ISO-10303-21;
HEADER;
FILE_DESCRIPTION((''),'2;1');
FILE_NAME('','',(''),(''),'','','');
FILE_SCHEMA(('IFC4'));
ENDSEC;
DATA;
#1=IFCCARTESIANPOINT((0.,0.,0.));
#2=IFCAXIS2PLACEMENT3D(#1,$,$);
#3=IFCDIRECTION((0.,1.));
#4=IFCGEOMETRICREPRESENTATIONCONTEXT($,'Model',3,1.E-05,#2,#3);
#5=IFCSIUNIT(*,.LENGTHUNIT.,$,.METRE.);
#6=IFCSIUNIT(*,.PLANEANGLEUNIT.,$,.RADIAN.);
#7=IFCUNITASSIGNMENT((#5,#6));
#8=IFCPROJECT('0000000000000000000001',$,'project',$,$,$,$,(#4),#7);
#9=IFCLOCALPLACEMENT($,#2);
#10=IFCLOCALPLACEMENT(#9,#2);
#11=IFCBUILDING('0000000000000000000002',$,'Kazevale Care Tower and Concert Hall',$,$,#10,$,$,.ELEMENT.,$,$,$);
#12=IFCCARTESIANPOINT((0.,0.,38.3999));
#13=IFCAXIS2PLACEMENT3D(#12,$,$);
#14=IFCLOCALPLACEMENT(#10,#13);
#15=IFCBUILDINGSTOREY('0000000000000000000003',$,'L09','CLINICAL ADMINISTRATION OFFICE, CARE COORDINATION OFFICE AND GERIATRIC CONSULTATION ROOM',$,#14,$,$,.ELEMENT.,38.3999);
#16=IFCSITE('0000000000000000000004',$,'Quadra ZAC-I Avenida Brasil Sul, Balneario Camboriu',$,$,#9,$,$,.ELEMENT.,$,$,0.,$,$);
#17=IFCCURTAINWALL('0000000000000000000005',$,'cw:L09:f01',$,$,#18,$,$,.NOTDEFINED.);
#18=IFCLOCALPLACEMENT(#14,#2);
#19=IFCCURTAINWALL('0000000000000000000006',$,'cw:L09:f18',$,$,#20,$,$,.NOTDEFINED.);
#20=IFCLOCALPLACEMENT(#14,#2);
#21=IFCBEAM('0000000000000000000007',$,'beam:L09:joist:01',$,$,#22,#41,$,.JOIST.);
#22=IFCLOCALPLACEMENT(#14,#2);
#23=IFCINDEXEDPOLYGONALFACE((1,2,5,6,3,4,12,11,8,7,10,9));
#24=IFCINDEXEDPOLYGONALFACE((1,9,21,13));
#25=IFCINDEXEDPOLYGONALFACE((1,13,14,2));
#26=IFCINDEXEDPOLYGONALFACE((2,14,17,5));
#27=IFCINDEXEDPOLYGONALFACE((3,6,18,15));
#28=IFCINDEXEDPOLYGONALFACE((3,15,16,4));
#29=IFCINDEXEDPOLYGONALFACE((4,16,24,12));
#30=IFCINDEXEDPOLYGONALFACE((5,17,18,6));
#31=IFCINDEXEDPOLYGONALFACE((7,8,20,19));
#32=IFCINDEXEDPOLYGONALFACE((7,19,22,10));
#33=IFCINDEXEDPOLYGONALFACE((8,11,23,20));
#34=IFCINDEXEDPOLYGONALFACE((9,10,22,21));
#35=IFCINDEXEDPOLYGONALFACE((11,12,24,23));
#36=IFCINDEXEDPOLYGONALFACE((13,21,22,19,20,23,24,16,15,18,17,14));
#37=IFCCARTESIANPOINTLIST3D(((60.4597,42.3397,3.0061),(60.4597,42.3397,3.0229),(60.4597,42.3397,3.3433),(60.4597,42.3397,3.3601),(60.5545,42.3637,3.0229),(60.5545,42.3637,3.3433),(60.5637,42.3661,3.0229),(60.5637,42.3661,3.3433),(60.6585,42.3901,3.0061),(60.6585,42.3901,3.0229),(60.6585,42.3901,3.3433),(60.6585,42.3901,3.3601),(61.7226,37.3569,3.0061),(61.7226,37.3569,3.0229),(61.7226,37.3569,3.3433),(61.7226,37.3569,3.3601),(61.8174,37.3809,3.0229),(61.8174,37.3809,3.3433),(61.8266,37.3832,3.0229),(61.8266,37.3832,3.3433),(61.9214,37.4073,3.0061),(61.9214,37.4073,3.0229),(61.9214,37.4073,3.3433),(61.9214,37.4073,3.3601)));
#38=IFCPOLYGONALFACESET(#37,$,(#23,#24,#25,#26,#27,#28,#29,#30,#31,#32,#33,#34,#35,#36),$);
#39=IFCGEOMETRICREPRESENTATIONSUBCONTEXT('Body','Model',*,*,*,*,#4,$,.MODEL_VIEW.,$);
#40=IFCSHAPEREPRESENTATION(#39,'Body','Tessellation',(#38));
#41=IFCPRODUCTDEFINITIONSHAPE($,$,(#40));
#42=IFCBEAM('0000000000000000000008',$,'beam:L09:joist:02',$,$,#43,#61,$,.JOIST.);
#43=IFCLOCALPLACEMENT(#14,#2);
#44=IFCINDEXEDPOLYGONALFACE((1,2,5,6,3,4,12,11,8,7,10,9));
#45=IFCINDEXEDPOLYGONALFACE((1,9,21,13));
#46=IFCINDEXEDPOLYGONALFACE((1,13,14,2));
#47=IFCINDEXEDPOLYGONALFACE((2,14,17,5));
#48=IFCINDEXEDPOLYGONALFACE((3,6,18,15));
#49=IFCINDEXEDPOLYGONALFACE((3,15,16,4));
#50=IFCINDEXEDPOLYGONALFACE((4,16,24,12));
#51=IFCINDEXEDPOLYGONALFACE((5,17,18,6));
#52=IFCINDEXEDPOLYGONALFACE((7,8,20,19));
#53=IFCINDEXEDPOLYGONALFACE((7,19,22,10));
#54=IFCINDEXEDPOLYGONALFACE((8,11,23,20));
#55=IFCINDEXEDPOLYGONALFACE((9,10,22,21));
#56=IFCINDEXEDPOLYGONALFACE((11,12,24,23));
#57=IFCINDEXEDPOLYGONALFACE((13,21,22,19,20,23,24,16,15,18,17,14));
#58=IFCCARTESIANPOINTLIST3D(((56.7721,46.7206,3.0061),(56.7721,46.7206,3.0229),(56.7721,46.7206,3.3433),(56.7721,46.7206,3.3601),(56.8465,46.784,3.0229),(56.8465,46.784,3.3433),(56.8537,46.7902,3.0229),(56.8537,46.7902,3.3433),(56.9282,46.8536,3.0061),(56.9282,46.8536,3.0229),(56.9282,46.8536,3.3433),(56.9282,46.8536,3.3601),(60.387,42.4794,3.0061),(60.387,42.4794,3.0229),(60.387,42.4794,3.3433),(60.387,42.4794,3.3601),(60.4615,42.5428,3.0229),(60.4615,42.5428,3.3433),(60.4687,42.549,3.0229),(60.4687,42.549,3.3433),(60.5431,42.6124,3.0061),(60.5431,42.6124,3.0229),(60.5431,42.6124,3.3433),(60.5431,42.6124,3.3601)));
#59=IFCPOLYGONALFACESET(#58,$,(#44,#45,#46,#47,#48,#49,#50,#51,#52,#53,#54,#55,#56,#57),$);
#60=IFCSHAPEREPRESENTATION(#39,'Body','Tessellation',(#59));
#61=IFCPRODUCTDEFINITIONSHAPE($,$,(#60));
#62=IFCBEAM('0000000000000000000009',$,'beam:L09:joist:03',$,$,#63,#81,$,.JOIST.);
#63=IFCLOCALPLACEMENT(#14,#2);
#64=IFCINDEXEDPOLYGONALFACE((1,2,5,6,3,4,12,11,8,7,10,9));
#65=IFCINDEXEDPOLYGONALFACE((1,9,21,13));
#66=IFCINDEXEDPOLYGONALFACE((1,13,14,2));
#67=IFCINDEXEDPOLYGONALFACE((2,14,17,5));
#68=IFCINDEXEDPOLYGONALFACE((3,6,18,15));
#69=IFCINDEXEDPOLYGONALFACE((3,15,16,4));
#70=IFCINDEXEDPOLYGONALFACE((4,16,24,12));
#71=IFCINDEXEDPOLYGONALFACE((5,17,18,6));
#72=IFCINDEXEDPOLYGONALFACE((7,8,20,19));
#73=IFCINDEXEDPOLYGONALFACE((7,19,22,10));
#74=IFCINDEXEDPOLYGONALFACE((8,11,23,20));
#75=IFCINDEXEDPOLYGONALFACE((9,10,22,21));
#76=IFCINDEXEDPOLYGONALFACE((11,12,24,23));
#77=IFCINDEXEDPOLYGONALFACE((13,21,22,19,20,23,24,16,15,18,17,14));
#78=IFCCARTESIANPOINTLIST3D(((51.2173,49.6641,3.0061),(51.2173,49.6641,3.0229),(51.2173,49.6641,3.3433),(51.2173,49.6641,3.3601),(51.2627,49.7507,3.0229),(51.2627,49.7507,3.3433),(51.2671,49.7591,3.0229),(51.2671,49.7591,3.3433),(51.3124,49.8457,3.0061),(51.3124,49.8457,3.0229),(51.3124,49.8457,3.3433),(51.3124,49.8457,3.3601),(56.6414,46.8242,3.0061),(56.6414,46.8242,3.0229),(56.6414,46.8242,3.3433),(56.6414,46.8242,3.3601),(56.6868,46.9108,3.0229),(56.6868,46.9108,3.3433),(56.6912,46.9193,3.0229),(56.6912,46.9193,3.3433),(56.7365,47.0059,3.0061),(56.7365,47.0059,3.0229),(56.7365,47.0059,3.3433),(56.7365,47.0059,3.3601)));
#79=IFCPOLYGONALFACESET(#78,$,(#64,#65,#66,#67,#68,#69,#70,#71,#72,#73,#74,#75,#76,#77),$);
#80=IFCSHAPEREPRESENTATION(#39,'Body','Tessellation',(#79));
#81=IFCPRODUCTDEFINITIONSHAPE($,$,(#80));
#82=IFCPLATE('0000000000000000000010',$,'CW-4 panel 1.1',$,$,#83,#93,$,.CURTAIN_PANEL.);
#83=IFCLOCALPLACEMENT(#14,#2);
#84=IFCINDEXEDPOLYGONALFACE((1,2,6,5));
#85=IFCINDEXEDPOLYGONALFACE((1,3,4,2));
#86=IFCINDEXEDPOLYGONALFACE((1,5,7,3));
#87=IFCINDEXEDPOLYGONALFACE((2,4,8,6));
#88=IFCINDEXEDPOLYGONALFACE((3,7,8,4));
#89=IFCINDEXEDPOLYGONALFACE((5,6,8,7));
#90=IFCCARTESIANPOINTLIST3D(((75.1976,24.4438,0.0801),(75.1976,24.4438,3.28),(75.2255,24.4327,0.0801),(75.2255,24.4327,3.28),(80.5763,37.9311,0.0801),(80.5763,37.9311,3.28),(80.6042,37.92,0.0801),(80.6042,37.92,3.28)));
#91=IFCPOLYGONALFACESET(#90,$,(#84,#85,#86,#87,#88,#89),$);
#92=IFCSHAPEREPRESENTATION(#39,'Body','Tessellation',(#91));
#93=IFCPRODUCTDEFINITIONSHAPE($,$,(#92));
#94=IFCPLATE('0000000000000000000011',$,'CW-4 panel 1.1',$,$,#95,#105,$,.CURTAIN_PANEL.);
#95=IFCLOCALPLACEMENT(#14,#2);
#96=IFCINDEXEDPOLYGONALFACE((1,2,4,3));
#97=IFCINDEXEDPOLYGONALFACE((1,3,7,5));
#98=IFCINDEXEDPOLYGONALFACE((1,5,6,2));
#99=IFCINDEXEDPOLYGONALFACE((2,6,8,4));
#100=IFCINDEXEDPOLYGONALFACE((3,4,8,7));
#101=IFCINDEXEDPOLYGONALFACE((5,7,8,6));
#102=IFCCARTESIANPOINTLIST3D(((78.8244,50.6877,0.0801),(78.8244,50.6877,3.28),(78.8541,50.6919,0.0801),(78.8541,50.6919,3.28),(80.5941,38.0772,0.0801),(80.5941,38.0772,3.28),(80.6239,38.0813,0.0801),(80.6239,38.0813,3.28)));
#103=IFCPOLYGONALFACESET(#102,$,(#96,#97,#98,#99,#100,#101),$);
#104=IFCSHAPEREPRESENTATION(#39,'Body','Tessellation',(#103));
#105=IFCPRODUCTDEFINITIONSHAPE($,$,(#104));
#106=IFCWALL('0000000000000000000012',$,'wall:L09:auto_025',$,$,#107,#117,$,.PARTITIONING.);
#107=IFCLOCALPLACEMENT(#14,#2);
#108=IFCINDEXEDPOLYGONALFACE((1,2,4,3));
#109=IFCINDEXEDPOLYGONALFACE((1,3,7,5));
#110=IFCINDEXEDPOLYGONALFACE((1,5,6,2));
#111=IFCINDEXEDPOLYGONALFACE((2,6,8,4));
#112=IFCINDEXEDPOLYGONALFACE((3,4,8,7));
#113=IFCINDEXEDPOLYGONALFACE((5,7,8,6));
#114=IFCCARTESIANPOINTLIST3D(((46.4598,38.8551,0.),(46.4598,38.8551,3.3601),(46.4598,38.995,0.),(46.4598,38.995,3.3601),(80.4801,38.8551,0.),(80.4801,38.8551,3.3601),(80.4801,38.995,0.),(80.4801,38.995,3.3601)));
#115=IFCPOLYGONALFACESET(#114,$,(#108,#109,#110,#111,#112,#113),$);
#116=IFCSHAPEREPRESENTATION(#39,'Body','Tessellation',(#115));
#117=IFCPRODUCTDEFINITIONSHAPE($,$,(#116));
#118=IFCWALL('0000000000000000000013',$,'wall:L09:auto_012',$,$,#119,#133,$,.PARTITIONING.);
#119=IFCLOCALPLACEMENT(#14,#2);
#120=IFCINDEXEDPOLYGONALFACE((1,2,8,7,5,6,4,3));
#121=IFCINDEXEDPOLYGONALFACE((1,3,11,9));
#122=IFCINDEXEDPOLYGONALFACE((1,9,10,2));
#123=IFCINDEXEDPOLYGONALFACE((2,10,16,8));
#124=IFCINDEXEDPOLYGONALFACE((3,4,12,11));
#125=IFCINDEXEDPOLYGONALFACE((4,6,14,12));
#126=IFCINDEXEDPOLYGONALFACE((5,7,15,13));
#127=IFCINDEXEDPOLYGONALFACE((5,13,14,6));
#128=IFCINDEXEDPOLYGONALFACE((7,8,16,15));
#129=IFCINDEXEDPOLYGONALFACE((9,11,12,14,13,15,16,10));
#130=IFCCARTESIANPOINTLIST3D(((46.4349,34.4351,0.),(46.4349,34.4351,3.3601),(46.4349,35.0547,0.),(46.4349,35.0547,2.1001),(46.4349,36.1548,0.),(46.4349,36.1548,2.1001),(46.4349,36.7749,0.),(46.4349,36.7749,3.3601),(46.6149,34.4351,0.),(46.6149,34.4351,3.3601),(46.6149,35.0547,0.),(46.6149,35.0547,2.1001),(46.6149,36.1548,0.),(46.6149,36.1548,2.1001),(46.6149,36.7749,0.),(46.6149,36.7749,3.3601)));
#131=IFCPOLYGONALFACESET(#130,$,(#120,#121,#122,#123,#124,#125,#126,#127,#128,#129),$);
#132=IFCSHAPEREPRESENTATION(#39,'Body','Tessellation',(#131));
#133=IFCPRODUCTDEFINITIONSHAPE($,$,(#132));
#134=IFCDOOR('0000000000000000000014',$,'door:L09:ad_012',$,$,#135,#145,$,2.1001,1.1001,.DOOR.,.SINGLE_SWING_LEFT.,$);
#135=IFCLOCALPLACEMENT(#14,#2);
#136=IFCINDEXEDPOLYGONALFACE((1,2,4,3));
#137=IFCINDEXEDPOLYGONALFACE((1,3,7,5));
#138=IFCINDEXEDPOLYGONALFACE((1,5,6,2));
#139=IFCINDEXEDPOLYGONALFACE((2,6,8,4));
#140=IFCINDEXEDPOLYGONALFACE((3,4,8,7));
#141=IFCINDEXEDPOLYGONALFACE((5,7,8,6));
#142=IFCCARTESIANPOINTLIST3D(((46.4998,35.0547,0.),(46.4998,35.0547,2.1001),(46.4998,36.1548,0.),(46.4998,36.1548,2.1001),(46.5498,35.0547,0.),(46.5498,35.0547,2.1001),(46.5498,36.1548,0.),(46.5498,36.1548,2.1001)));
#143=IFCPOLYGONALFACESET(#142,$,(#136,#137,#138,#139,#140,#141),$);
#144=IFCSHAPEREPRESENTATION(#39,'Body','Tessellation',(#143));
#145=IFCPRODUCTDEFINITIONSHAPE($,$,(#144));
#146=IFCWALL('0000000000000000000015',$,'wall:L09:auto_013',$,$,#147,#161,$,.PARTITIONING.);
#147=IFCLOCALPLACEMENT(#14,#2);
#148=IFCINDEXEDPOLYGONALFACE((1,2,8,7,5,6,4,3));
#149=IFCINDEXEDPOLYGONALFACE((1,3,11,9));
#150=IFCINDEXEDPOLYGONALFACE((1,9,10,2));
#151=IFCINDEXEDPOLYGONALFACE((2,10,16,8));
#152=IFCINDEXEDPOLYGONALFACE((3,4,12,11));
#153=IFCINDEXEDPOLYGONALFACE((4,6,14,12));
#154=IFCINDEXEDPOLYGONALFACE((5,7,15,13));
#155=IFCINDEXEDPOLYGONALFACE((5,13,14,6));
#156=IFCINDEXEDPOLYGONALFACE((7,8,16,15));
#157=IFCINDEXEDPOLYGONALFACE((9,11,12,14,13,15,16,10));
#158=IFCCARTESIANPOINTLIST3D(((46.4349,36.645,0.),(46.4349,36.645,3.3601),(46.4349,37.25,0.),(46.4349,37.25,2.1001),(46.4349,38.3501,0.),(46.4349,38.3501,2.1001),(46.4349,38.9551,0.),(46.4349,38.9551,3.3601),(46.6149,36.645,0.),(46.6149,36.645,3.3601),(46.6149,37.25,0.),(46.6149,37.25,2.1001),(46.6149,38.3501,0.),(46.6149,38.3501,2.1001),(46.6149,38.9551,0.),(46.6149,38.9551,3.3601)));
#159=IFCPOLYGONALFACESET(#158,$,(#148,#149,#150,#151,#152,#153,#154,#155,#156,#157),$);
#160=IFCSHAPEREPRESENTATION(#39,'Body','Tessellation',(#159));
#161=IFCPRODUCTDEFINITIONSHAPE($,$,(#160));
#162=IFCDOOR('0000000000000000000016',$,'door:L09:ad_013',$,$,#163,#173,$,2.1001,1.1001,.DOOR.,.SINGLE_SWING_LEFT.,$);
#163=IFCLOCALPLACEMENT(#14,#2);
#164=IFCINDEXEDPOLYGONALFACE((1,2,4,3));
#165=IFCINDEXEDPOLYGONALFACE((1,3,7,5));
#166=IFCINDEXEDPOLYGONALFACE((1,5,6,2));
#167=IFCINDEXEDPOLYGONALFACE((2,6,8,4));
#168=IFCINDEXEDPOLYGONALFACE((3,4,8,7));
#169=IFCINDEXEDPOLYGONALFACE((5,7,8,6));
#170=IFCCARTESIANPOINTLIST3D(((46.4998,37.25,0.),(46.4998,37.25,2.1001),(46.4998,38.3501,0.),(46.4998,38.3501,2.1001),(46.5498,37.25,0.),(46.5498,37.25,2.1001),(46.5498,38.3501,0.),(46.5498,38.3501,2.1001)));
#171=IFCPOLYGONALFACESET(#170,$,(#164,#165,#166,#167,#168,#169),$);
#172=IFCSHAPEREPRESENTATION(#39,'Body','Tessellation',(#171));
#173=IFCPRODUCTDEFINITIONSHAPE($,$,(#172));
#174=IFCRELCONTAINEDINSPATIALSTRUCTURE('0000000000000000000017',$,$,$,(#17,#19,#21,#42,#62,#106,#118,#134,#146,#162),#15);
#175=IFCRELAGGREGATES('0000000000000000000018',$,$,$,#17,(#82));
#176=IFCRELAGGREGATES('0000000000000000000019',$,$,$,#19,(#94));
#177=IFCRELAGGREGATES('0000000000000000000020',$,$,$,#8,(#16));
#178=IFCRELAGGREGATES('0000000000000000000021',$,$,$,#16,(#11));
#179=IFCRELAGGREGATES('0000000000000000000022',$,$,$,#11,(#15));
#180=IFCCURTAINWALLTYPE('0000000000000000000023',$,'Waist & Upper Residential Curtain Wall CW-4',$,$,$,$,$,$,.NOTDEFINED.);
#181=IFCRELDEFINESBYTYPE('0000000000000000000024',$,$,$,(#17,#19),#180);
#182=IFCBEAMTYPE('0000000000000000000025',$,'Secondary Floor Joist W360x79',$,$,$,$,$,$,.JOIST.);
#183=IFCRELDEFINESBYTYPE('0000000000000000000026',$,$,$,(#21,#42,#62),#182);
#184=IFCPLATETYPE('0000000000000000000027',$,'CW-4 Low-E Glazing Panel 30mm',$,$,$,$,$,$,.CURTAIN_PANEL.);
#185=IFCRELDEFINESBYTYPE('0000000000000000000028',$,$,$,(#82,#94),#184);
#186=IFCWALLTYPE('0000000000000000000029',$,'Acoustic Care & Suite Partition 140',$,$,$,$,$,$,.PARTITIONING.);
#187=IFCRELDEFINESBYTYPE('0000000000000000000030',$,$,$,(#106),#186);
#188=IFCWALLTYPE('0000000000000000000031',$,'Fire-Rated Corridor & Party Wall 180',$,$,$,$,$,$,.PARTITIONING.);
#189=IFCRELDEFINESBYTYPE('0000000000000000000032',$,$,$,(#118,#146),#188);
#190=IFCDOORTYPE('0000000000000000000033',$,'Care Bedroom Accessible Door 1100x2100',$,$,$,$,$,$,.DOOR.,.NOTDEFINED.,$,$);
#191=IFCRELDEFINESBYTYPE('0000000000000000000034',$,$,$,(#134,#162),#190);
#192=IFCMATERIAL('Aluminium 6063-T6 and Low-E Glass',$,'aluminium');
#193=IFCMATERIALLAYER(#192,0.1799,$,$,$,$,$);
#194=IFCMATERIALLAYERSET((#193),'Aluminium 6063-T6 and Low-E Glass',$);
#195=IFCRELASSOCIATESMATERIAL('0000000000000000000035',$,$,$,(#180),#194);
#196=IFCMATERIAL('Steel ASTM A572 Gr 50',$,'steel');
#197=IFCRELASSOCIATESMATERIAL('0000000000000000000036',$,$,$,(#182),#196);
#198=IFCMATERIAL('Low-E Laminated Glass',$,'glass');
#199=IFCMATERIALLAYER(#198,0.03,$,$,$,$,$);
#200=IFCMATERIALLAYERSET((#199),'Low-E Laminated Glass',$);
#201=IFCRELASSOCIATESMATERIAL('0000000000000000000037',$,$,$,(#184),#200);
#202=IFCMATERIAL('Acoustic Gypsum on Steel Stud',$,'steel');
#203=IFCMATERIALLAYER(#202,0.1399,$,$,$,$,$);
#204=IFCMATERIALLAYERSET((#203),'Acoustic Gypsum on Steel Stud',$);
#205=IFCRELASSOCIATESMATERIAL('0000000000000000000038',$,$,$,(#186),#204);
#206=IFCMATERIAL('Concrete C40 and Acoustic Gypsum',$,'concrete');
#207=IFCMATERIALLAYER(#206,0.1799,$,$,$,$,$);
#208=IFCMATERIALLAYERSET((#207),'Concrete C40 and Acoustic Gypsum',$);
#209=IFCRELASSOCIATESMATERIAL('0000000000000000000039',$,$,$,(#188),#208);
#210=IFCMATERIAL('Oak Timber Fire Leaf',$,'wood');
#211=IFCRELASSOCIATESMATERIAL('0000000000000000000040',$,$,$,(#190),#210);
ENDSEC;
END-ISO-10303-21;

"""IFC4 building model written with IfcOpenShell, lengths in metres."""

from ifc_helpers import new_model, si_unit, direction, frame, frame_2d, origin, origin_2d, place, context, subcontext, project, spatial, rectangle, i_section, extrude, material, layer, layer_set, material_profile, profile_set, type_object, element, fill, aggregate, save


model = new_model("IFC4")

# Units and contexts
model_context = context("Model", 3, precision=1e-05, world=origin(), true_north=direction((0.0, 1.0)))
body_context = subcontext(model_context, "Body", "Model", "MODEL_VIEW")
ifc_project = project(units=[si_unit("LENGTHUNIT", "METRE"), si_unit("PLANEANGLEUNIT", "RADIAN")], contexts=[model_context])

# Site, building, storey
site_placement = place(None, origin())
site = spatial("IfcSite", under=ifc_project, at=site_placement, Name="Quadra ZAC-I Avenida Brasil Sul, Balneario Camboriu", CompositionType="ELEMENT", RefElevation=0.0)
building_placement = place(site_placement, origin())
building = spatial("IfcBuilding", under=site, at=building_placement, Name="Kazevale Care Tower and Concert Hall", CompositionType="ELEMENT")
storey_placement = place(building_placement, frame((0.0, 0.0, 38.3999)))
storey = spatial("IfcBuildingStorey", under=building, at=storey_placement, Name="L09", Description="CLINICAL ADMINISTRATION OFFICE, CARE COORDINATION OFFICE AND GERIATRIC CONSULTATION ROOM", CompositionType="ELEMENT", Elevation=38.3999)

# Curtain walls
ifc_material_1 = material(Name="Aluminium 6063-T6 and Low-E Glass", Category="aluminium")
ifc_layer_1 = layer(ifc_material_1, 0.1799)
ifc_layer_set_1 = layer_set([ifc_layer_1], Name="Aluminium 6063-T6 and Low-E Glass")
curtain_wall_type = type_object("IfcCurtainWallType", Name="Waist & Upper Residential Curtain Wall CW-4", PredefinedType="NOTDEFINED", material=ifc_layer_set_1)
curtain_wall_1_placement = place(storey_placement, origin())
curtain_wall_1 = element("IfcCurtainWall", 1, at=curtain_wall_1_placement, inside=storey, type_object=curtain_wall_type, Name="cw:L09:f01", PredefinedType="NOTDEFINED")
curtain_wall_2_placement = place(storey_placement, origin())
curtain_wall_2 = element("IfcCurtainWall", 2, at=curtain_wall_2_placement, inside=storey, type_object=curtain_wall_type, Name="cw:L09:f18", PredefinedType="NOTDEFINED")

# Beams
ifc_material_2 = material(Name="Steel ASTM A572 Gr 50", Category="steel")
ifc_material_profile_1 = material_profile(ifc_material_2, i_section(OverallWidth=0.2051, OverallDepth=0.354, WebThickness=0.0095, FlangeThickness=0.0168, at=origin_2d()), Name="W360x79")
ifc_profile_set_1 = profile_set([ifc_material_profile_1], Name="Steel ASTM A572 Gr 50")
beam_type_1 = type_object("IfcBeamType", Name="Secondary Floor Joist W360x79", PredefinedType="JOIST", material=ifc_profile_set_1)
beam_1_placement = place(storey_placement, frame((61.822, 37.3821, 3.1831), z_axis=(-0.245686, 0.96935, 0.0), x_axis=(-0.96935, -0.245686, 0.0)))
element("IfcBeam", 3, at=beam_1_placement, inside=storey, type_object=beam_type_1, Name="beam:L09:joist:01", PredefinedType="JOIST", context=body_context, shape_type="SweptSolid", body=[
    extrude(i_section(OverallWidth=0.2051, OverallDepth=0.354, WebThickness=0.0095, FlangeThickness=0.0168, at=origin_2d()), origin(), (0.0, 0.0, 1.0), 5.1404),
])
beam_2_placement = place(storey_placement, frame((60.4651, 42.5459, 3.1831), z_axis=(-0.648686, 0.761057, 0.0), x_axis=(-0.761057, -0.648686, 0.0)))
element("IfcBeam", 4, at=beam_2_placement, inside=storey, type_object=beam_type_1, Name="beam:L09:joist:02", PredefinedType="JOIST", context=body_context, shape_type="SweptSolid", body=[
    extrude(i_section(OverallWidth=0.2051, OverallDepth=0.354, WebThickness=0.0095, FlangeThickness=0.0168, at=origin_2d()), origin(), (0.0, 0.0, 1.0), 5.5728),
])
beam_3_placement = place(storey_placement, frame((56.689, 46.915, 3.1831), z_axis=(-0.885921, 0.463836, 0.0), x_axis=(-0.463836, -0.885921, 0.0)))
element("IfcBeam", 5, at=beam_3_placement, inside=storey, type_object=beam_type_1, Name="beam:L09:joist:03", PredefinedType="JOIST", context=body_context, shape_type="SweptSolid", body=[
    extrude(i_section(OverallWidth=0.2051, OverallDepth=0.354, WebThickness=0.0095, FlangeThickness=0.0168, at=origin_2d()), origin(), (0.0, 0.0, 1.0), 6.1226),
])

# Plates
ifc_material_3 = material(Name="Low-E Laminated Glass", Category="glass")
ifc_layer_2 = layer(ifc_material_3, 0.03)
ifc_layer_set_2 = layer_set([ifc_layer_2], Name="Low-E Laminated Glass")
plate_type = type_object("IfcPlateType", Name="CW-4 Low-E Glazing Panel 30mm", PredefinedType="CURTAIN_PANEL", material=ifc_layer_set_2)
plate_1_placement = place(storey_placement, frame((77.9009, 31.1819, 0.0801), z_axis=(0.0, 0.0, 1.0), x_axis=(-0.370427, -0.928861, 0.0)))
plate_1 = element("IfcPlate", 6, at=plate_1_placement, type_object=plate_type, Name="CW-4 panel 1.1", PredefinedType="CURTAIN_PANEL", context=body_context, shape_type="SweptSolid", body=[
    extrude(rectangle(XDim=14.5203, YDim=0.03, at=origin_2d()), origin(), (0.0, 0.0, 1.0), 3.2),
])
aggregate(curtain_wall_1, [plate_1])
plate_2_placement = place(storey_placement, frame((79.7241, 44.3845, 0.0801), z_axis=(0.0, 0.0, 1.0), x_axis=(0.138978, -0.990295, 0.0)))
plate_2 = element("IfcPlate", 7, at=plate_2_placement, type_object=plate_type, Name="CW-4 panel 1.1", PredefinedType="CURTAIN_PANEL", context=body_context, shape_type="SweptSolid", body=[
    extrude(rectangle(XDim=12.7341, YDim=0.03, at=origin_2d()), origin(), (0.0, 0.0, 1.0), 3.2),
])
aggregate(curtain_wall_2, [plate_2])

# Wall
ifc_material_4 = material(Name="Acoustic Gypsum on Steel Stud", Category="steel")
ifc_layer_3 = layer(ifc_material_4, 0.1399)
ifc_layer_set_3 = layer_set([ifc_layer_3], Name="Acoustic Gypsum on Steel Stud")
wall_type_1 = type_object("IfcWallType", Name="Acoustic Care & Suite Partition 140", PredefinedType="PARTITIONING", material=ifc_layer_set_3)
wall_1_placement = place(storey_placement, frame((80.4802, 38.925, 0.0), z_axis=(0.0, 0.0, 1.0), x_axis=(-1.0, 0.0, 0.0)))
element("IfcWall", 8, at=wall_1_placement, inside=storey, type_object=wall_type_1, Name="wall:L09:auto_025", PredefinedType="PARTITIONING", context=body_context, shape_type="SweptSolid", body=[
    extrude(rectangle(XDim=34.0203, YDim=0.1399, at=frame_2d((17.0103, 0.0))), origin(), (0.0, 0.0, 1.0), 3.3601),
])

# Walls, openings, doors
ifc_material_5 = material(Name="Concrete C40 and Acoustic Gypsum", Category="concrete")
ifc_layer_4 = layer(ifc_material_5, 0.1799)
ifc_layer_set_4 = layer_set([ifc_layer_4], Name="Concrete C40 and Acoustic Gypsum")
wall_type_2 = type_object("IfcWallType", Name="Fire-Rated Corridor & Party Wall 180", PredefinedType="PARTITIONING", material=ifc_layer_set_4)
wall_2_placement = place(storey_placement, frame((46.5249, 36.7749, 0.0), z_axis=(0.0, 0.0, 1.0), x_axis=(0.0, -1.0, 0.0)))
wall_2 = element("IfcWall", 9, at=wall_2_placement, inside=storey, type_object=wall_type_2, Name="wall:L09:auto_012", PredefinedType="PARTITIONING", context=body_context, shape_type="SweptSolid", body=[
    extrude(rectangle(XDim=2.3398, YDim=0.1799, at=frame_2d((1.1699, 0.0))), origin(), (0.0, 0.0, 1.0), 3.3601),
])
opening_1_placement = place(wall_2_placement, frame((0.6201, 0.0, 0.0)))
opening_1 = element("IfcOpeningElement", 10, at=opening_1_placement, cuts=wall_2, PredefinedType="OPENING", context=body_context, shape_type="SweptSolid", body=[
    extrude(rectangle(XDim=1.1001, YDim=2.1001, at=frame_2d((0.55, 1.05))), frame((0.0, 0.0999, 0.0), z_axis=(0.0, -1.0, 0.0), x_axis=(1.0, 0.0, 0.0)), (0.0, 0.0, 1.0), 0.2),
])
ifc_material_6 = material(Name="Oak Timber Fire Leaf", Category="wood")
door_type = type_object("IfcDoorType", Name="Care Bedroom Accessible Door 1100x2100", OperationType="NOTDEFINED", PredefinedType="DOOR", material=ifc_material_6)
door_1_placement = place(opening_1_placement, origin())
door_1 = element("IfcDoor", 11, at=door_1_placement, inside=storey, type_object=door_type, Name="door:L09:ad_012", OperationType="SINGLE_SWING_LEFT", OverallHeight=2.1001, OverallWidth=1.1001, PredefinedType="DOOR", context=body_context, shape_type="SweptSolid", body=[
    extrude(rectangle(XDim=1.1001, YDim=2.1001, at=frame_2d((0.55, 1.05))), frame((0.0, 0.0249, 0.0), z_axis=(0.0, -1.0, 0.0), x_axis=(1.0, 0.0, 0.0)), (0.0, 0.0, 1.0), 0.05),
])
fill(opening_1, door_1)
wall_3_placement = place(storey_placement, frame((46.5249, 38.9551, 0.0), z_axis=(0.0, 0.0, 1.0), x_axis=(0.0, -1.0, 0.0)))
wall_3 = element("IfcWall", 12, at=wall_3_placement, inside=storey, type_object=wall_type_2, Name="wall:L09:auto_013", PredefinedType="PARTITIONING", context=body_context, shape_type="SweptSolid", body=[
    extrude(rectangle(XDim=2.3101, YDim=0.1799, at=frame_2d((1.155, 0.0))), origin(), (0.0, 0.0, 1.0), 3.3601),
])
opening_2_placement = place(wall_3_placement, frame((0.605, 0.0, 0.0)))
opening_2 = element("IfcOpeningElement", 13, at=opening_2_placement, cuts=wall_3, PredefinedType="OPENING", context=body_context, shape_type="SweptSolid", body=[
    extrude(rectangle(XDim=1.1001, YDim=2.1001, at=frame_2d((0.55, 1.05))), frame((0.0, 0.0999, 0.0), z_axis=(0.0, -1.0, 0.0), x_axis=(1.0, 0.0, 0.0)), (0.0, 0.0, 1.0), 0.2),
])
door_2_placement = place(opening_2_placement, origin())
door_2 = element("IfcDoor", 14, at=door_2_placement, inside=storey, type_object=door_type, Name="door:L09:ad_013", OperationType="SINGLE_SWING_LEFT", OverallHeight=2.1001, OverallWidth=1.1001, PredefinedType="DOOR", context=body_context, shape_type="SweptSolid", body=[
    extrude(rectangle(XDim=1.1001, YDim=2.1001, at=frame_2d((0.55, 1.05))), frame((0.0, 0.0249, 0.0), z_axis=(0.0, -1.0, 0.0), x_axis=(1.0, 0.0, 0.0)), (0.0, 0.0, 1.0), 0.05),
])
fill(opening_2, door_2)

save(model, "model.ifc")
